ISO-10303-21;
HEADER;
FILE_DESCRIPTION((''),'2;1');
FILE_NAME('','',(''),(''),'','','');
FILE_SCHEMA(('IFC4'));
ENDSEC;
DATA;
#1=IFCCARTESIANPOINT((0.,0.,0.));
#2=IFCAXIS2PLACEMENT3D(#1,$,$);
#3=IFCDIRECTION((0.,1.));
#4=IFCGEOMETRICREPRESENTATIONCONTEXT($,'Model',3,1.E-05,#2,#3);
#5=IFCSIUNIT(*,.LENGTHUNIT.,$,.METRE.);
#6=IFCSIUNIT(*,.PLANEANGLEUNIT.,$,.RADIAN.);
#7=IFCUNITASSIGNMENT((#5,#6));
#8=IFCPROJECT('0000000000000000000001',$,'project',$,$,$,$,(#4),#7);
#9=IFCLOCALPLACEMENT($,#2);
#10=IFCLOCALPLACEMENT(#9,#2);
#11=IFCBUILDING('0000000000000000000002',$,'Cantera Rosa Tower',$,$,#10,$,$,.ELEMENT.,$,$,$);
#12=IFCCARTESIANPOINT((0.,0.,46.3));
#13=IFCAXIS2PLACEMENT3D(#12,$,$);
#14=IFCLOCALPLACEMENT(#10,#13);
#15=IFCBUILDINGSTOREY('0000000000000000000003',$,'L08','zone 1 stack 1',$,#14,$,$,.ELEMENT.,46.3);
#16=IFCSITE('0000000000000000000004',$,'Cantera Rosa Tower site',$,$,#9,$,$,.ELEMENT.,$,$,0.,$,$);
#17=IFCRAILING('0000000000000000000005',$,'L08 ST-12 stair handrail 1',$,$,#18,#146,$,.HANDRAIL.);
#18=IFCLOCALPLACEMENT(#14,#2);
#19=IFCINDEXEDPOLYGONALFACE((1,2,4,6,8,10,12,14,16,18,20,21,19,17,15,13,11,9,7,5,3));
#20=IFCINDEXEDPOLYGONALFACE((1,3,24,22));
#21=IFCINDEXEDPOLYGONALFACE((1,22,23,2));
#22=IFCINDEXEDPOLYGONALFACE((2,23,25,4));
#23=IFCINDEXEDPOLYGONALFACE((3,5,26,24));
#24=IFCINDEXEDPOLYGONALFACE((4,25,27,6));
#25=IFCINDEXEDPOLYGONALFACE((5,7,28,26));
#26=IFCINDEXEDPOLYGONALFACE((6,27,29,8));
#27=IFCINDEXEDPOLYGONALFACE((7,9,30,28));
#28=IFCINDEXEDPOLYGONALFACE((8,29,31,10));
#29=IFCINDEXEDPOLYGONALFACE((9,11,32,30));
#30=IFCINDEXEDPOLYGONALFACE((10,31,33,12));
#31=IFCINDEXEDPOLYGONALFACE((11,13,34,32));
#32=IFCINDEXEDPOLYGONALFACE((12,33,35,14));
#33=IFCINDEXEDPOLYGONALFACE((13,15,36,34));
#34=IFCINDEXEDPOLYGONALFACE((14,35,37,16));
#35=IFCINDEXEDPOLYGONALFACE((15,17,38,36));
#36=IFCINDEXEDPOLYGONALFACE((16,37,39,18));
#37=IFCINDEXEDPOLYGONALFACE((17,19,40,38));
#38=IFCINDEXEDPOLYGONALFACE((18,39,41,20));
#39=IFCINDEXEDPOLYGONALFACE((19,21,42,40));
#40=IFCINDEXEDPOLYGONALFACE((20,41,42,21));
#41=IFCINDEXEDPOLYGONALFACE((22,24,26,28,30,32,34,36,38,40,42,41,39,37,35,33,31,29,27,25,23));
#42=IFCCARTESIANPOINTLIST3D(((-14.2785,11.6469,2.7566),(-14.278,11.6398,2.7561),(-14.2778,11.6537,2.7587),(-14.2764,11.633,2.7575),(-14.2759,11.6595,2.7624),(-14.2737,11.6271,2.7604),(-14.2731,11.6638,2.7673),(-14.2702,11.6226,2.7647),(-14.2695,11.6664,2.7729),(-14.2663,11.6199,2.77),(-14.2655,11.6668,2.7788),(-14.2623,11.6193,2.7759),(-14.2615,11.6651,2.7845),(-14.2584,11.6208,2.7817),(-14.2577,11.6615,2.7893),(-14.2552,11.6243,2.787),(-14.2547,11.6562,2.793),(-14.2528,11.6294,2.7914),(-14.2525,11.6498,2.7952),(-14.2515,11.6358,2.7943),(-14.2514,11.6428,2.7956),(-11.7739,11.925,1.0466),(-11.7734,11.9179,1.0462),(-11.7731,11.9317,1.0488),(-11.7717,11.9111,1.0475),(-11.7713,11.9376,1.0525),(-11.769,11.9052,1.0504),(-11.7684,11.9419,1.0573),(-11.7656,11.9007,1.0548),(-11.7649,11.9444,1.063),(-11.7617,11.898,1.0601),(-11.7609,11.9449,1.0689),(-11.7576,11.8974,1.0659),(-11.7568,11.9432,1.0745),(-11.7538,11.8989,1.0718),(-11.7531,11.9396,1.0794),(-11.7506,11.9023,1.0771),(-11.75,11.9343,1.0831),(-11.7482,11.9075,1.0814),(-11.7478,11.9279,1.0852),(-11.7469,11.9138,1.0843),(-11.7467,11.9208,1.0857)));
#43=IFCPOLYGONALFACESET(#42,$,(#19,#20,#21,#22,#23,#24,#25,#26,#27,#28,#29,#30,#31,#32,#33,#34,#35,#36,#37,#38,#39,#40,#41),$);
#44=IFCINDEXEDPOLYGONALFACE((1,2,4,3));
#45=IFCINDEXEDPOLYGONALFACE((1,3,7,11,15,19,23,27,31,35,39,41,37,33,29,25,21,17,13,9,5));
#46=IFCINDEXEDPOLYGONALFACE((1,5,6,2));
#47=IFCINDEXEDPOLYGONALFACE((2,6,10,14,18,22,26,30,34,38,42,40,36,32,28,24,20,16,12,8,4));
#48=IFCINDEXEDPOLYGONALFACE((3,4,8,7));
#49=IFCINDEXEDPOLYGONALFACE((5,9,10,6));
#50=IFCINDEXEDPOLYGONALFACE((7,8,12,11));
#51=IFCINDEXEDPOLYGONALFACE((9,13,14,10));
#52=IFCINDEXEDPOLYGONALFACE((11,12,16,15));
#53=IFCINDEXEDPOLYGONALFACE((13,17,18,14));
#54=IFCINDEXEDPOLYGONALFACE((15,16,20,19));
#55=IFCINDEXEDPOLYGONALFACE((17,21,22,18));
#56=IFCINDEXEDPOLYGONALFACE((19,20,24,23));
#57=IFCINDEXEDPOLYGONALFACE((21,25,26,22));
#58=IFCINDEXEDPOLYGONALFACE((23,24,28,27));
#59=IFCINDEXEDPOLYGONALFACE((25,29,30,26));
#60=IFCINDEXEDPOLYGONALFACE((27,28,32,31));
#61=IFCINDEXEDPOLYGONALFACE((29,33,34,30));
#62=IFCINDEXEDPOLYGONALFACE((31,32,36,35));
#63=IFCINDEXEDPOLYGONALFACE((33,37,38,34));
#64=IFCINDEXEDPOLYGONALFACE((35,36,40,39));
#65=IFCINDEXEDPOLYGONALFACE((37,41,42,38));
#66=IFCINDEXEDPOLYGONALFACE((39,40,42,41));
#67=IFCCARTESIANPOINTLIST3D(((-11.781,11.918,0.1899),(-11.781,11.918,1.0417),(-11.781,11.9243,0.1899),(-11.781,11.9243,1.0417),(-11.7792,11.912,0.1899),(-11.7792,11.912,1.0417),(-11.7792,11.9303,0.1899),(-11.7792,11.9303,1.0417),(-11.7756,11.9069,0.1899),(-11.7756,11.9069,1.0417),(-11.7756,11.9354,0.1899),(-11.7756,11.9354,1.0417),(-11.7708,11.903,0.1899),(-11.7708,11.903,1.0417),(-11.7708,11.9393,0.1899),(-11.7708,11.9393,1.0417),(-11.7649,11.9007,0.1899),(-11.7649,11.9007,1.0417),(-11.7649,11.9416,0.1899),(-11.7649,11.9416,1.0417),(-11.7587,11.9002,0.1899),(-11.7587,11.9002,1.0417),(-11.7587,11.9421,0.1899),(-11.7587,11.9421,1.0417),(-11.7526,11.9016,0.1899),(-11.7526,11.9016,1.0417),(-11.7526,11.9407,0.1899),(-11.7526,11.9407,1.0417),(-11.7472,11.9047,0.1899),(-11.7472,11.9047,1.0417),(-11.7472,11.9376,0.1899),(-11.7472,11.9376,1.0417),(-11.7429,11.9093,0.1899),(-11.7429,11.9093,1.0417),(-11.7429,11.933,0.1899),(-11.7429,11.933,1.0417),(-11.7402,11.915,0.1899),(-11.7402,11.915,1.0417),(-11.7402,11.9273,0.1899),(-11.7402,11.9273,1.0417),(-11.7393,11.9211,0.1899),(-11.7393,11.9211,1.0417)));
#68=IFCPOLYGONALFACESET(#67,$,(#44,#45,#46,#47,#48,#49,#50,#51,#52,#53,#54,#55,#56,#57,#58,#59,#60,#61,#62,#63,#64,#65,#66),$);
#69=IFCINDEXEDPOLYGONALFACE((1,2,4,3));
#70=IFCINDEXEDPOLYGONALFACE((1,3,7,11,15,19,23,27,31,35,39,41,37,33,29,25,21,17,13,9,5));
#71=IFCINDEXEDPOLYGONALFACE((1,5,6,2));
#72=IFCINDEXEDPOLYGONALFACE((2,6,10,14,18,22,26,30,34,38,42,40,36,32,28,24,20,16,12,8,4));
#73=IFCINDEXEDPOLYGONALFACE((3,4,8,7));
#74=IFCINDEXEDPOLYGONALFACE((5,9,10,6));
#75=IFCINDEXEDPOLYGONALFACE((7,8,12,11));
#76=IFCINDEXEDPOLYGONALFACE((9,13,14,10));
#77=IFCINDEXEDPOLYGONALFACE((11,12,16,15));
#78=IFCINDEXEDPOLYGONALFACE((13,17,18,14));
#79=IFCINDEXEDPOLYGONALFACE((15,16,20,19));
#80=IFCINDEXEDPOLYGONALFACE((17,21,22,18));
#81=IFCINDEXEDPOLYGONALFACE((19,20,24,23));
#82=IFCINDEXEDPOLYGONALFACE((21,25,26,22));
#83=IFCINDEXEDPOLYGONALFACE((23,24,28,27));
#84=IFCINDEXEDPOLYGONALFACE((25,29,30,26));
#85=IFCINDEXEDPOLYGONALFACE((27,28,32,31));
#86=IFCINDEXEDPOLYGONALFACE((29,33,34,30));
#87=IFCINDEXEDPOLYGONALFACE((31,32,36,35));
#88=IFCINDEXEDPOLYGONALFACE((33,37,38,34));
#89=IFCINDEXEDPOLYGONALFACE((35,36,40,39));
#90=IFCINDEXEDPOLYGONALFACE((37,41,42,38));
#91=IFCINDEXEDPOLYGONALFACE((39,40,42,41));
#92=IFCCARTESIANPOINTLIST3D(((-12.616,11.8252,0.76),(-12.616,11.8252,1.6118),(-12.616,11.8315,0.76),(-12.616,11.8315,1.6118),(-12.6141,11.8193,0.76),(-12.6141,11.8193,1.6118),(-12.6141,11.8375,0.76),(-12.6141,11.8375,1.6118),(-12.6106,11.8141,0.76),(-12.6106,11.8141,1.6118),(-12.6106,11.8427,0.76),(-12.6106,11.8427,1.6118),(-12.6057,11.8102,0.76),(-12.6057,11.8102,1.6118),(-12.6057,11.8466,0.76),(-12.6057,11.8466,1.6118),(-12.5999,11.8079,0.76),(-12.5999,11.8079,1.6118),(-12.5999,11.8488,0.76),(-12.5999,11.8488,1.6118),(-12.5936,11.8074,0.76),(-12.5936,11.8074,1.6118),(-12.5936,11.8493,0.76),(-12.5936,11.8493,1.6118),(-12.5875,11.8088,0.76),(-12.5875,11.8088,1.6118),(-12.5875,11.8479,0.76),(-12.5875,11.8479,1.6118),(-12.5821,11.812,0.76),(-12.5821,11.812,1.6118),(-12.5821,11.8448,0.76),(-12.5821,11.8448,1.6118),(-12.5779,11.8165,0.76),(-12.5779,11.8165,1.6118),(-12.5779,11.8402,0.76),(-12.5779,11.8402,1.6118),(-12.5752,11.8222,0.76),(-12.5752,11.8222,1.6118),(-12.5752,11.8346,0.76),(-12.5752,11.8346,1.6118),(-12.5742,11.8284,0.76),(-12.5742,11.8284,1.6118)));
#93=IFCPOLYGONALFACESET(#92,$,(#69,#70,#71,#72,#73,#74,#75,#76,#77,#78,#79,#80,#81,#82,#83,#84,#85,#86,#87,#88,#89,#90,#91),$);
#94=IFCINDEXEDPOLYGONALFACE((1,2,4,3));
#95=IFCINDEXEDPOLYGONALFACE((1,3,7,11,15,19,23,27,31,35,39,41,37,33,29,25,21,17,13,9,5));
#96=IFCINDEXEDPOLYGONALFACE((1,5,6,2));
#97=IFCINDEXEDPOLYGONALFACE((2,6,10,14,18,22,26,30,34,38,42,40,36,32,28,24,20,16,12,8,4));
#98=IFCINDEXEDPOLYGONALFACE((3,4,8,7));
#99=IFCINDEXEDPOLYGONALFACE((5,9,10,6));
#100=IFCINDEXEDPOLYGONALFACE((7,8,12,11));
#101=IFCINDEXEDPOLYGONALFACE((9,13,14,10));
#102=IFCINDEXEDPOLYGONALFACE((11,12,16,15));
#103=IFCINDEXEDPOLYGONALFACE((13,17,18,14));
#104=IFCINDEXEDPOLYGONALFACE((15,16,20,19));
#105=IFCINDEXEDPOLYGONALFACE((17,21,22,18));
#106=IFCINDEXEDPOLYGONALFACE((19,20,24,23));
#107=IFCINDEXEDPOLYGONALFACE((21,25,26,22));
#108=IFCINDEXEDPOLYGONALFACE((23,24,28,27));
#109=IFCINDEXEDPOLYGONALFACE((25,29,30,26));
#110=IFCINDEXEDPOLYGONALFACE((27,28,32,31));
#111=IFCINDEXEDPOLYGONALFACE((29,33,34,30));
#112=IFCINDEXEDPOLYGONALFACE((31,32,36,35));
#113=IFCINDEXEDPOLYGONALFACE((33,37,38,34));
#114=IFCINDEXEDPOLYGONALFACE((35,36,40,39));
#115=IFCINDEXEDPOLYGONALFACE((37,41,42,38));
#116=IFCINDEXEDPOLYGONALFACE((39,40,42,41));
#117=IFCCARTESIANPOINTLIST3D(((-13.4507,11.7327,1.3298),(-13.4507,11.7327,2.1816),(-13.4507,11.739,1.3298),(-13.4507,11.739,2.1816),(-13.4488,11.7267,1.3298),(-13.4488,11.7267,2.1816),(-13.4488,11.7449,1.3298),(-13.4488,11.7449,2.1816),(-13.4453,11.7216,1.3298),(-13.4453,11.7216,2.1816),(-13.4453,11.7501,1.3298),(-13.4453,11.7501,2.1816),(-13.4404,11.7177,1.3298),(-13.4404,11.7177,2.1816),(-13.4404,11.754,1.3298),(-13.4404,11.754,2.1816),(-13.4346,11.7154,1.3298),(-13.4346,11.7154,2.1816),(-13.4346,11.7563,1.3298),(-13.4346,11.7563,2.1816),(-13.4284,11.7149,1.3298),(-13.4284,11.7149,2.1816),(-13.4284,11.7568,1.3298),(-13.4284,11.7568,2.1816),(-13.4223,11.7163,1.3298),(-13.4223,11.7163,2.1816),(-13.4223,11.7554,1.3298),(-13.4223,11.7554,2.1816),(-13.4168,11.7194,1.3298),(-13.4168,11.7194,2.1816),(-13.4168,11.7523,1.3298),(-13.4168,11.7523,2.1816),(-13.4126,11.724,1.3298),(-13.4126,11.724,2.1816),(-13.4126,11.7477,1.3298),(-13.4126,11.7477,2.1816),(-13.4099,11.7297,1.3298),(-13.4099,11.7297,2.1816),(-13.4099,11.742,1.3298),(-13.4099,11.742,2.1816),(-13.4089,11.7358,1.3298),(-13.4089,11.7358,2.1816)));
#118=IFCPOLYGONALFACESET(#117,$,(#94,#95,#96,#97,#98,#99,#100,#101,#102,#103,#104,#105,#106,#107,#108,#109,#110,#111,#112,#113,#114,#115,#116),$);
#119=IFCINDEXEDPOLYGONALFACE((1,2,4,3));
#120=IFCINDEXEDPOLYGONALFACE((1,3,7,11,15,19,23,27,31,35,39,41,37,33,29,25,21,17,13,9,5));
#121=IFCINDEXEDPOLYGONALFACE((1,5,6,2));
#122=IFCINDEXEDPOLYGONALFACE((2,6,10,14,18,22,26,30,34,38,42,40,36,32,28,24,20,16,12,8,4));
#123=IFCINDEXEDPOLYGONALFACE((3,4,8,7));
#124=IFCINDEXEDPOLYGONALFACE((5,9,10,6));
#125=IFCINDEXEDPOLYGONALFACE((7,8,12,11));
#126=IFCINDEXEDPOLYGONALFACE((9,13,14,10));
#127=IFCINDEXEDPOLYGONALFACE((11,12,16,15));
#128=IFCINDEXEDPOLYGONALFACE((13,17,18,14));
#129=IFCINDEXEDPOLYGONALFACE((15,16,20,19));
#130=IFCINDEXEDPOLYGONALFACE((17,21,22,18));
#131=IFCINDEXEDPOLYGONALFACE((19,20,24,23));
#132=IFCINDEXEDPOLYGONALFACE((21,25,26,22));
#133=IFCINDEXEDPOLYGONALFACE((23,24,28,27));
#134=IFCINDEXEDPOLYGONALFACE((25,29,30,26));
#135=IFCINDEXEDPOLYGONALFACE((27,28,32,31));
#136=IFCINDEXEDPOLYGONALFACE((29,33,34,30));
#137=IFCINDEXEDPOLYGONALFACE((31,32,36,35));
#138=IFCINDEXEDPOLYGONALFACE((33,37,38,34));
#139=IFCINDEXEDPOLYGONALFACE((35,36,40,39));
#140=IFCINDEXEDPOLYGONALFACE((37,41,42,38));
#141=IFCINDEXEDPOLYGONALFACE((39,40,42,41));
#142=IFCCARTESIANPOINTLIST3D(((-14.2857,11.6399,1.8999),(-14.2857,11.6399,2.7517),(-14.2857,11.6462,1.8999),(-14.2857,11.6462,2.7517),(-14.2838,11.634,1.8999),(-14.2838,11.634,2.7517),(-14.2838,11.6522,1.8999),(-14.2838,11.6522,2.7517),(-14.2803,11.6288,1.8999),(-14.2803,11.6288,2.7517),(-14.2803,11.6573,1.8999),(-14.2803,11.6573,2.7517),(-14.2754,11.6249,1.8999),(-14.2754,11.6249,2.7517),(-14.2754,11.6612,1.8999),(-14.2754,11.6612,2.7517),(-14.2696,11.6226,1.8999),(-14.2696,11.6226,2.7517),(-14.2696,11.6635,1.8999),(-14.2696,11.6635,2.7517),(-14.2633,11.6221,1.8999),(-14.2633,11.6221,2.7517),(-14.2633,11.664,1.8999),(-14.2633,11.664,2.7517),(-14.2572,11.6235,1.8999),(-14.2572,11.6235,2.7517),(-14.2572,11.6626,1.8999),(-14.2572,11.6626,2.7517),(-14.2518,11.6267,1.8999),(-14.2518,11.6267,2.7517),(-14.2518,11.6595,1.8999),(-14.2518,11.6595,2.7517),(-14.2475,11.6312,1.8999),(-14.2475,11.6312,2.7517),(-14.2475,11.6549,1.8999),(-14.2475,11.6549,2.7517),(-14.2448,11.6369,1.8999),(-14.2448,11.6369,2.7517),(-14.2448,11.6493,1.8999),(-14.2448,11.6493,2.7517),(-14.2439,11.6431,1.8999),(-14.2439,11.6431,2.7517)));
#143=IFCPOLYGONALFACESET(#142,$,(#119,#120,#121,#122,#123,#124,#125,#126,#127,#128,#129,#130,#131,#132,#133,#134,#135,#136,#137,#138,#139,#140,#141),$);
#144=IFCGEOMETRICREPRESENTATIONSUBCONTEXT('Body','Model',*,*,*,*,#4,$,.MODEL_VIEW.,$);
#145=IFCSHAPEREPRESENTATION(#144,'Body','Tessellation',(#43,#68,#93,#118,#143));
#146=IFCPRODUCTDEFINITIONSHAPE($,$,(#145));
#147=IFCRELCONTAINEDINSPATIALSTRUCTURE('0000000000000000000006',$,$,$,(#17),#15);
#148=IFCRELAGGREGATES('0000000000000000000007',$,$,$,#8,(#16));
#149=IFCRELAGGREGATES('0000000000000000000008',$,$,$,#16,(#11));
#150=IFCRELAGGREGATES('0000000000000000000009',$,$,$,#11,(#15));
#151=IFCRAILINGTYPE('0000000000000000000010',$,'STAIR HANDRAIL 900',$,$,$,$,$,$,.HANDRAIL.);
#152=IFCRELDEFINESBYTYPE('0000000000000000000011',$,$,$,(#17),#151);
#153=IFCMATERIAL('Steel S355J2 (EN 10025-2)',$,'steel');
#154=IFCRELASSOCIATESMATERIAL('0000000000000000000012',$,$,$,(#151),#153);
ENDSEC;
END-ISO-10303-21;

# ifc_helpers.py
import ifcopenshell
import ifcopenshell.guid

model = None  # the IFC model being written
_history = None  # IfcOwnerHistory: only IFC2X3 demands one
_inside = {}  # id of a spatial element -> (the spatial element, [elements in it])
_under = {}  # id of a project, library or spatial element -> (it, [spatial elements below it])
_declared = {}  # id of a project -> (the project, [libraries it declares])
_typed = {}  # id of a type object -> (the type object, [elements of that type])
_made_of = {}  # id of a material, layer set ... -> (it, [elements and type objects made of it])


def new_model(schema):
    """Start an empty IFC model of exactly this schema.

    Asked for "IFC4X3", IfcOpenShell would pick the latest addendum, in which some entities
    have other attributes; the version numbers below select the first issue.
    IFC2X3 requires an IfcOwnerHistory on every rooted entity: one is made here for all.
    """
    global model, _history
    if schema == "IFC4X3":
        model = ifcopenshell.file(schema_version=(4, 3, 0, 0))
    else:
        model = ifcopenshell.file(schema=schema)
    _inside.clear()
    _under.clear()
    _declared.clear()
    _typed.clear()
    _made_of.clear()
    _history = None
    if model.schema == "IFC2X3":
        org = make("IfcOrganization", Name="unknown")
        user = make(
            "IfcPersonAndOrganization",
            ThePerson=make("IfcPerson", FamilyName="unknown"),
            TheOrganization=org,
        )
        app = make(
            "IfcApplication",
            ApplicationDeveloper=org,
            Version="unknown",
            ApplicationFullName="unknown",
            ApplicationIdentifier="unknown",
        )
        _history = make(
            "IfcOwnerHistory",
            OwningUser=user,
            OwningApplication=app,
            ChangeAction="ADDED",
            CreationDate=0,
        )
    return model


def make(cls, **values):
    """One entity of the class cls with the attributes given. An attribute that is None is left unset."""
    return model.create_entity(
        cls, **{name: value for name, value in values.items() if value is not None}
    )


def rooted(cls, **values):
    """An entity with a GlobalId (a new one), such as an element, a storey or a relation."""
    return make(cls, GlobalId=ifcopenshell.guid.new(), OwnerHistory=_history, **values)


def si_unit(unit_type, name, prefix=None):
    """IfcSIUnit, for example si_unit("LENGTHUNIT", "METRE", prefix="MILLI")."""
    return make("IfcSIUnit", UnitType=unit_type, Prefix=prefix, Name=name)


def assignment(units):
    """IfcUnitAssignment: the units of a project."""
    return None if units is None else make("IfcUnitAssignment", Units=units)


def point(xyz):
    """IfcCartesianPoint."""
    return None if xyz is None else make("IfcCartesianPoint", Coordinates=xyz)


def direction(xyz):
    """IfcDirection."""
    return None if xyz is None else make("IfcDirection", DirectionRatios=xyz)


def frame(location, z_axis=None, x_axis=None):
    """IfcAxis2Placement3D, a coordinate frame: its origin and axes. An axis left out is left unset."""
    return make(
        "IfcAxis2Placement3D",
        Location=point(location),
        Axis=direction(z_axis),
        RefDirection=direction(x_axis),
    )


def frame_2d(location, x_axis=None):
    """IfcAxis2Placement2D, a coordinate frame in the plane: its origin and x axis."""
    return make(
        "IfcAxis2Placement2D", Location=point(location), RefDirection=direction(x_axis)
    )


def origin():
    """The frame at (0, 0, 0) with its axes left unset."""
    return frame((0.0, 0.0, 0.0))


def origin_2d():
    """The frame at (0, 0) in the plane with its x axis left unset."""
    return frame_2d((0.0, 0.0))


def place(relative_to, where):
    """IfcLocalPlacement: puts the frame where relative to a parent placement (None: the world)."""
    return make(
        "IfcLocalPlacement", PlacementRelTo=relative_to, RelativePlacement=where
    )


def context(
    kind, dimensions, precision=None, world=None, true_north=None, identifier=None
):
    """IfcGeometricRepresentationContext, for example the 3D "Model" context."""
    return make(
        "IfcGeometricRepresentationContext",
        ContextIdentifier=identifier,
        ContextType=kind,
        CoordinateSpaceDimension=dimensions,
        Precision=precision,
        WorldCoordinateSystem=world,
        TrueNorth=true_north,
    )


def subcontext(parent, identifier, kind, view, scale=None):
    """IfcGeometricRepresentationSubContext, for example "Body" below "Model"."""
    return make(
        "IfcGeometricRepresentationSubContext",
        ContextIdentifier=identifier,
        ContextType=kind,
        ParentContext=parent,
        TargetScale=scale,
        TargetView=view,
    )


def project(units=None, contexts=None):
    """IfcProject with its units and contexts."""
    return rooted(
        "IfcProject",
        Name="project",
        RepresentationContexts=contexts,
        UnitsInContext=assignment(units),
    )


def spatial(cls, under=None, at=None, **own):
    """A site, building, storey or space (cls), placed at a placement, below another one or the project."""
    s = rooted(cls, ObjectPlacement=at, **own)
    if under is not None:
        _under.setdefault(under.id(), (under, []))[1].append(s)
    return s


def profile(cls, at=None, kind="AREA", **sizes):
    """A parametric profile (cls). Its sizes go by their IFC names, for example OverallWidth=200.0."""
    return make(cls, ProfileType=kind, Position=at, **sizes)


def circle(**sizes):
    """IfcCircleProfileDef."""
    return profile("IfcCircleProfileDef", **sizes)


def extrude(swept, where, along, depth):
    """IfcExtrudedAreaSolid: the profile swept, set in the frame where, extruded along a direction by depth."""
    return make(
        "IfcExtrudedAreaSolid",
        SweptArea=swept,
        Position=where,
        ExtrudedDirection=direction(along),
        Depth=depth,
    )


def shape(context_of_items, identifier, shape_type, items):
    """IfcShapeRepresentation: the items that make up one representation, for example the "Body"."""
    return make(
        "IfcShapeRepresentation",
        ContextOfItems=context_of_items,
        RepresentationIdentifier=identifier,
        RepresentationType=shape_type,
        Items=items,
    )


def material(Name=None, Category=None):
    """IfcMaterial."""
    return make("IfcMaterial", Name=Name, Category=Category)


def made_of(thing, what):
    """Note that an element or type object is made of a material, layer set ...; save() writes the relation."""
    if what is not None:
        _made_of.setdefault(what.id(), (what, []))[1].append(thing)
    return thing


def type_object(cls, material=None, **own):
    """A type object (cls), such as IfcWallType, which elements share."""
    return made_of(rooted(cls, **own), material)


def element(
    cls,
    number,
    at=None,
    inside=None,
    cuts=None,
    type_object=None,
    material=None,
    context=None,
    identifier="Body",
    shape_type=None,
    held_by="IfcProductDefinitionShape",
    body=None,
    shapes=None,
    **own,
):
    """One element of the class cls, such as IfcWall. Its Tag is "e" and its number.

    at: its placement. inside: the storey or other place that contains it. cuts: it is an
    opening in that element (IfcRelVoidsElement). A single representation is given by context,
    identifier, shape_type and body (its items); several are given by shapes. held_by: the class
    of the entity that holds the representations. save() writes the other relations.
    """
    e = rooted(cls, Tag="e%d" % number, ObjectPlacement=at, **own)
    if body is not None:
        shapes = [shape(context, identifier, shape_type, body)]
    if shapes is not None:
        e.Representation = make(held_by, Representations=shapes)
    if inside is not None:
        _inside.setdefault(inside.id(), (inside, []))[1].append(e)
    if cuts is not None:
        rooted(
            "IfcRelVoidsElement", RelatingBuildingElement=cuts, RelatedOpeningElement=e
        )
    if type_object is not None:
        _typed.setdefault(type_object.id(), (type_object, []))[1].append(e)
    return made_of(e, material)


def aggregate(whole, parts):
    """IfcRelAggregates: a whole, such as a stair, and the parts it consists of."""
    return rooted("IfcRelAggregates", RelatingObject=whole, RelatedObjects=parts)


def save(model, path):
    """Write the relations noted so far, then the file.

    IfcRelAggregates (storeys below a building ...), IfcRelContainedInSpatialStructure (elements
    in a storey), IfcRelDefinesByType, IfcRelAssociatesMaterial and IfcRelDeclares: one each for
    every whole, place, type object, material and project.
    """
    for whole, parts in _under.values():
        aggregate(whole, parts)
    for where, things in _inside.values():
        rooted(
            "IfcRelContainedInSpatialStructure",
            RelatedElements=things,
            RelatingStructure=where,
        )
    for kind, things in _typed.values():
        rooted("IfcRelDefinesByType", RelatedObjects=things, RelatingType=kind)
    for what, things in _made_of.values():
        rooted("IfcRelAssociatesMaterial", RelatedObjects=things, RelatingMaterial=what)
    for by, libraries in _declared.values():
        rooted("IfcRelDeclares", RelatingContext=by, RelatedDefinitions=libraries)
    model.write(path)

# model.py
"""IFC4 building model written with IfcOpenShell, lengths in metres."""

from ifc_helpers import new_model, si_unit, direction, frame, origin, origin_2d, place, context, subcontext, project, spatial, circle, extrude, material, type_object, element, save


model = new_model("IFC4")

# Units and contexts
model_context = context("Model", 3, precision=1e-05, world=origin(), true_north=direction((0.0, 1.0)))
body_context = subcontext(model_context, "Body", "Model", "MODEL_VIEW")
ifc_project = project(units=[si_unit("LENGTHUNIT", "METRE"), si_unit("PLANEANGLEUNIT", "RADIAN")], contexts=[model_context])

# Site, building, storey
site_placement = place(None, origin())
site = spatial("IfcSite", under=ifc_project, at=site_placement, Name="Cantera Rosa Tower site", CompositionType="ELEMENT", RefElevation=0.0)
building_placement = place(site_placement, origin())
building = spatial("IfcBuilding", under=site, at=building_placement, Name="Cantera Rosa Tower", CompositionType="ELEMENT")
storey_placement = place(building_placement, frame((0.0, 0.0, 46.3)))
storey = spatial("IfcBuildingStorey", under=building, at=storey_placement, Name="L08", Description="zone 1 stack 1", CompositionType="ELEMENT", Elevation=46.3)

# Railing
ifc_material_1 = material(Name="Steel S355J2 (EN 10025-2)", Category="steel")
railing_type_1 = type_object("IfcRailingType", Name="STAIR HANDRAIL 900", PredefinedType="HANDRAIL", material=ifc_material_1)
railing_1_placement = place(storey_placement, frame((-11.7603, 11.9211, 0.1899)))
element("IfcRailing", 1, at=railing_1_placement, inside=storey, type_object=railing_type_1, Name="L08 ST-12 stair handrail 1", PredefinedType="HANDRAIL", context=body_context, shape_type="SweptSolid", body=[
    extrude(circle(Radius=0.0239, at=origin_2d()), frame((0.0, 0.0, 0.876), z_axis=(-0.822431, -0.09131, 0.561488), x_axis=(0.110346, -0.993893, 0.0)), (0.0, 0.0, 1.0), 3.0454),
    extrude(circle(Radius=0.021, at=origin_2d()), origin(), (0.0, 0.0, 1.0), 0.8518),
    extrude(circle(Radius=0.021, at=origin_2d()), frame((-0.835, -0.0928, 0.5701)), (0.0, 0.0, 1.0), 0.8518),
    extrude(circle(Radius=0.021, at=origin_2d()), frame((-1.6697, -0.1853, 1.1399)), (0.0, 0.0, 1.0), 0.8518),
    extrude(circle(Radius=0.021, at=origin_2d()), frame((-2.5046, -0.2781, 1.71)), (0.0, 0.0, 1.0), 0.8518),
])

save(model, "model.ifc")
